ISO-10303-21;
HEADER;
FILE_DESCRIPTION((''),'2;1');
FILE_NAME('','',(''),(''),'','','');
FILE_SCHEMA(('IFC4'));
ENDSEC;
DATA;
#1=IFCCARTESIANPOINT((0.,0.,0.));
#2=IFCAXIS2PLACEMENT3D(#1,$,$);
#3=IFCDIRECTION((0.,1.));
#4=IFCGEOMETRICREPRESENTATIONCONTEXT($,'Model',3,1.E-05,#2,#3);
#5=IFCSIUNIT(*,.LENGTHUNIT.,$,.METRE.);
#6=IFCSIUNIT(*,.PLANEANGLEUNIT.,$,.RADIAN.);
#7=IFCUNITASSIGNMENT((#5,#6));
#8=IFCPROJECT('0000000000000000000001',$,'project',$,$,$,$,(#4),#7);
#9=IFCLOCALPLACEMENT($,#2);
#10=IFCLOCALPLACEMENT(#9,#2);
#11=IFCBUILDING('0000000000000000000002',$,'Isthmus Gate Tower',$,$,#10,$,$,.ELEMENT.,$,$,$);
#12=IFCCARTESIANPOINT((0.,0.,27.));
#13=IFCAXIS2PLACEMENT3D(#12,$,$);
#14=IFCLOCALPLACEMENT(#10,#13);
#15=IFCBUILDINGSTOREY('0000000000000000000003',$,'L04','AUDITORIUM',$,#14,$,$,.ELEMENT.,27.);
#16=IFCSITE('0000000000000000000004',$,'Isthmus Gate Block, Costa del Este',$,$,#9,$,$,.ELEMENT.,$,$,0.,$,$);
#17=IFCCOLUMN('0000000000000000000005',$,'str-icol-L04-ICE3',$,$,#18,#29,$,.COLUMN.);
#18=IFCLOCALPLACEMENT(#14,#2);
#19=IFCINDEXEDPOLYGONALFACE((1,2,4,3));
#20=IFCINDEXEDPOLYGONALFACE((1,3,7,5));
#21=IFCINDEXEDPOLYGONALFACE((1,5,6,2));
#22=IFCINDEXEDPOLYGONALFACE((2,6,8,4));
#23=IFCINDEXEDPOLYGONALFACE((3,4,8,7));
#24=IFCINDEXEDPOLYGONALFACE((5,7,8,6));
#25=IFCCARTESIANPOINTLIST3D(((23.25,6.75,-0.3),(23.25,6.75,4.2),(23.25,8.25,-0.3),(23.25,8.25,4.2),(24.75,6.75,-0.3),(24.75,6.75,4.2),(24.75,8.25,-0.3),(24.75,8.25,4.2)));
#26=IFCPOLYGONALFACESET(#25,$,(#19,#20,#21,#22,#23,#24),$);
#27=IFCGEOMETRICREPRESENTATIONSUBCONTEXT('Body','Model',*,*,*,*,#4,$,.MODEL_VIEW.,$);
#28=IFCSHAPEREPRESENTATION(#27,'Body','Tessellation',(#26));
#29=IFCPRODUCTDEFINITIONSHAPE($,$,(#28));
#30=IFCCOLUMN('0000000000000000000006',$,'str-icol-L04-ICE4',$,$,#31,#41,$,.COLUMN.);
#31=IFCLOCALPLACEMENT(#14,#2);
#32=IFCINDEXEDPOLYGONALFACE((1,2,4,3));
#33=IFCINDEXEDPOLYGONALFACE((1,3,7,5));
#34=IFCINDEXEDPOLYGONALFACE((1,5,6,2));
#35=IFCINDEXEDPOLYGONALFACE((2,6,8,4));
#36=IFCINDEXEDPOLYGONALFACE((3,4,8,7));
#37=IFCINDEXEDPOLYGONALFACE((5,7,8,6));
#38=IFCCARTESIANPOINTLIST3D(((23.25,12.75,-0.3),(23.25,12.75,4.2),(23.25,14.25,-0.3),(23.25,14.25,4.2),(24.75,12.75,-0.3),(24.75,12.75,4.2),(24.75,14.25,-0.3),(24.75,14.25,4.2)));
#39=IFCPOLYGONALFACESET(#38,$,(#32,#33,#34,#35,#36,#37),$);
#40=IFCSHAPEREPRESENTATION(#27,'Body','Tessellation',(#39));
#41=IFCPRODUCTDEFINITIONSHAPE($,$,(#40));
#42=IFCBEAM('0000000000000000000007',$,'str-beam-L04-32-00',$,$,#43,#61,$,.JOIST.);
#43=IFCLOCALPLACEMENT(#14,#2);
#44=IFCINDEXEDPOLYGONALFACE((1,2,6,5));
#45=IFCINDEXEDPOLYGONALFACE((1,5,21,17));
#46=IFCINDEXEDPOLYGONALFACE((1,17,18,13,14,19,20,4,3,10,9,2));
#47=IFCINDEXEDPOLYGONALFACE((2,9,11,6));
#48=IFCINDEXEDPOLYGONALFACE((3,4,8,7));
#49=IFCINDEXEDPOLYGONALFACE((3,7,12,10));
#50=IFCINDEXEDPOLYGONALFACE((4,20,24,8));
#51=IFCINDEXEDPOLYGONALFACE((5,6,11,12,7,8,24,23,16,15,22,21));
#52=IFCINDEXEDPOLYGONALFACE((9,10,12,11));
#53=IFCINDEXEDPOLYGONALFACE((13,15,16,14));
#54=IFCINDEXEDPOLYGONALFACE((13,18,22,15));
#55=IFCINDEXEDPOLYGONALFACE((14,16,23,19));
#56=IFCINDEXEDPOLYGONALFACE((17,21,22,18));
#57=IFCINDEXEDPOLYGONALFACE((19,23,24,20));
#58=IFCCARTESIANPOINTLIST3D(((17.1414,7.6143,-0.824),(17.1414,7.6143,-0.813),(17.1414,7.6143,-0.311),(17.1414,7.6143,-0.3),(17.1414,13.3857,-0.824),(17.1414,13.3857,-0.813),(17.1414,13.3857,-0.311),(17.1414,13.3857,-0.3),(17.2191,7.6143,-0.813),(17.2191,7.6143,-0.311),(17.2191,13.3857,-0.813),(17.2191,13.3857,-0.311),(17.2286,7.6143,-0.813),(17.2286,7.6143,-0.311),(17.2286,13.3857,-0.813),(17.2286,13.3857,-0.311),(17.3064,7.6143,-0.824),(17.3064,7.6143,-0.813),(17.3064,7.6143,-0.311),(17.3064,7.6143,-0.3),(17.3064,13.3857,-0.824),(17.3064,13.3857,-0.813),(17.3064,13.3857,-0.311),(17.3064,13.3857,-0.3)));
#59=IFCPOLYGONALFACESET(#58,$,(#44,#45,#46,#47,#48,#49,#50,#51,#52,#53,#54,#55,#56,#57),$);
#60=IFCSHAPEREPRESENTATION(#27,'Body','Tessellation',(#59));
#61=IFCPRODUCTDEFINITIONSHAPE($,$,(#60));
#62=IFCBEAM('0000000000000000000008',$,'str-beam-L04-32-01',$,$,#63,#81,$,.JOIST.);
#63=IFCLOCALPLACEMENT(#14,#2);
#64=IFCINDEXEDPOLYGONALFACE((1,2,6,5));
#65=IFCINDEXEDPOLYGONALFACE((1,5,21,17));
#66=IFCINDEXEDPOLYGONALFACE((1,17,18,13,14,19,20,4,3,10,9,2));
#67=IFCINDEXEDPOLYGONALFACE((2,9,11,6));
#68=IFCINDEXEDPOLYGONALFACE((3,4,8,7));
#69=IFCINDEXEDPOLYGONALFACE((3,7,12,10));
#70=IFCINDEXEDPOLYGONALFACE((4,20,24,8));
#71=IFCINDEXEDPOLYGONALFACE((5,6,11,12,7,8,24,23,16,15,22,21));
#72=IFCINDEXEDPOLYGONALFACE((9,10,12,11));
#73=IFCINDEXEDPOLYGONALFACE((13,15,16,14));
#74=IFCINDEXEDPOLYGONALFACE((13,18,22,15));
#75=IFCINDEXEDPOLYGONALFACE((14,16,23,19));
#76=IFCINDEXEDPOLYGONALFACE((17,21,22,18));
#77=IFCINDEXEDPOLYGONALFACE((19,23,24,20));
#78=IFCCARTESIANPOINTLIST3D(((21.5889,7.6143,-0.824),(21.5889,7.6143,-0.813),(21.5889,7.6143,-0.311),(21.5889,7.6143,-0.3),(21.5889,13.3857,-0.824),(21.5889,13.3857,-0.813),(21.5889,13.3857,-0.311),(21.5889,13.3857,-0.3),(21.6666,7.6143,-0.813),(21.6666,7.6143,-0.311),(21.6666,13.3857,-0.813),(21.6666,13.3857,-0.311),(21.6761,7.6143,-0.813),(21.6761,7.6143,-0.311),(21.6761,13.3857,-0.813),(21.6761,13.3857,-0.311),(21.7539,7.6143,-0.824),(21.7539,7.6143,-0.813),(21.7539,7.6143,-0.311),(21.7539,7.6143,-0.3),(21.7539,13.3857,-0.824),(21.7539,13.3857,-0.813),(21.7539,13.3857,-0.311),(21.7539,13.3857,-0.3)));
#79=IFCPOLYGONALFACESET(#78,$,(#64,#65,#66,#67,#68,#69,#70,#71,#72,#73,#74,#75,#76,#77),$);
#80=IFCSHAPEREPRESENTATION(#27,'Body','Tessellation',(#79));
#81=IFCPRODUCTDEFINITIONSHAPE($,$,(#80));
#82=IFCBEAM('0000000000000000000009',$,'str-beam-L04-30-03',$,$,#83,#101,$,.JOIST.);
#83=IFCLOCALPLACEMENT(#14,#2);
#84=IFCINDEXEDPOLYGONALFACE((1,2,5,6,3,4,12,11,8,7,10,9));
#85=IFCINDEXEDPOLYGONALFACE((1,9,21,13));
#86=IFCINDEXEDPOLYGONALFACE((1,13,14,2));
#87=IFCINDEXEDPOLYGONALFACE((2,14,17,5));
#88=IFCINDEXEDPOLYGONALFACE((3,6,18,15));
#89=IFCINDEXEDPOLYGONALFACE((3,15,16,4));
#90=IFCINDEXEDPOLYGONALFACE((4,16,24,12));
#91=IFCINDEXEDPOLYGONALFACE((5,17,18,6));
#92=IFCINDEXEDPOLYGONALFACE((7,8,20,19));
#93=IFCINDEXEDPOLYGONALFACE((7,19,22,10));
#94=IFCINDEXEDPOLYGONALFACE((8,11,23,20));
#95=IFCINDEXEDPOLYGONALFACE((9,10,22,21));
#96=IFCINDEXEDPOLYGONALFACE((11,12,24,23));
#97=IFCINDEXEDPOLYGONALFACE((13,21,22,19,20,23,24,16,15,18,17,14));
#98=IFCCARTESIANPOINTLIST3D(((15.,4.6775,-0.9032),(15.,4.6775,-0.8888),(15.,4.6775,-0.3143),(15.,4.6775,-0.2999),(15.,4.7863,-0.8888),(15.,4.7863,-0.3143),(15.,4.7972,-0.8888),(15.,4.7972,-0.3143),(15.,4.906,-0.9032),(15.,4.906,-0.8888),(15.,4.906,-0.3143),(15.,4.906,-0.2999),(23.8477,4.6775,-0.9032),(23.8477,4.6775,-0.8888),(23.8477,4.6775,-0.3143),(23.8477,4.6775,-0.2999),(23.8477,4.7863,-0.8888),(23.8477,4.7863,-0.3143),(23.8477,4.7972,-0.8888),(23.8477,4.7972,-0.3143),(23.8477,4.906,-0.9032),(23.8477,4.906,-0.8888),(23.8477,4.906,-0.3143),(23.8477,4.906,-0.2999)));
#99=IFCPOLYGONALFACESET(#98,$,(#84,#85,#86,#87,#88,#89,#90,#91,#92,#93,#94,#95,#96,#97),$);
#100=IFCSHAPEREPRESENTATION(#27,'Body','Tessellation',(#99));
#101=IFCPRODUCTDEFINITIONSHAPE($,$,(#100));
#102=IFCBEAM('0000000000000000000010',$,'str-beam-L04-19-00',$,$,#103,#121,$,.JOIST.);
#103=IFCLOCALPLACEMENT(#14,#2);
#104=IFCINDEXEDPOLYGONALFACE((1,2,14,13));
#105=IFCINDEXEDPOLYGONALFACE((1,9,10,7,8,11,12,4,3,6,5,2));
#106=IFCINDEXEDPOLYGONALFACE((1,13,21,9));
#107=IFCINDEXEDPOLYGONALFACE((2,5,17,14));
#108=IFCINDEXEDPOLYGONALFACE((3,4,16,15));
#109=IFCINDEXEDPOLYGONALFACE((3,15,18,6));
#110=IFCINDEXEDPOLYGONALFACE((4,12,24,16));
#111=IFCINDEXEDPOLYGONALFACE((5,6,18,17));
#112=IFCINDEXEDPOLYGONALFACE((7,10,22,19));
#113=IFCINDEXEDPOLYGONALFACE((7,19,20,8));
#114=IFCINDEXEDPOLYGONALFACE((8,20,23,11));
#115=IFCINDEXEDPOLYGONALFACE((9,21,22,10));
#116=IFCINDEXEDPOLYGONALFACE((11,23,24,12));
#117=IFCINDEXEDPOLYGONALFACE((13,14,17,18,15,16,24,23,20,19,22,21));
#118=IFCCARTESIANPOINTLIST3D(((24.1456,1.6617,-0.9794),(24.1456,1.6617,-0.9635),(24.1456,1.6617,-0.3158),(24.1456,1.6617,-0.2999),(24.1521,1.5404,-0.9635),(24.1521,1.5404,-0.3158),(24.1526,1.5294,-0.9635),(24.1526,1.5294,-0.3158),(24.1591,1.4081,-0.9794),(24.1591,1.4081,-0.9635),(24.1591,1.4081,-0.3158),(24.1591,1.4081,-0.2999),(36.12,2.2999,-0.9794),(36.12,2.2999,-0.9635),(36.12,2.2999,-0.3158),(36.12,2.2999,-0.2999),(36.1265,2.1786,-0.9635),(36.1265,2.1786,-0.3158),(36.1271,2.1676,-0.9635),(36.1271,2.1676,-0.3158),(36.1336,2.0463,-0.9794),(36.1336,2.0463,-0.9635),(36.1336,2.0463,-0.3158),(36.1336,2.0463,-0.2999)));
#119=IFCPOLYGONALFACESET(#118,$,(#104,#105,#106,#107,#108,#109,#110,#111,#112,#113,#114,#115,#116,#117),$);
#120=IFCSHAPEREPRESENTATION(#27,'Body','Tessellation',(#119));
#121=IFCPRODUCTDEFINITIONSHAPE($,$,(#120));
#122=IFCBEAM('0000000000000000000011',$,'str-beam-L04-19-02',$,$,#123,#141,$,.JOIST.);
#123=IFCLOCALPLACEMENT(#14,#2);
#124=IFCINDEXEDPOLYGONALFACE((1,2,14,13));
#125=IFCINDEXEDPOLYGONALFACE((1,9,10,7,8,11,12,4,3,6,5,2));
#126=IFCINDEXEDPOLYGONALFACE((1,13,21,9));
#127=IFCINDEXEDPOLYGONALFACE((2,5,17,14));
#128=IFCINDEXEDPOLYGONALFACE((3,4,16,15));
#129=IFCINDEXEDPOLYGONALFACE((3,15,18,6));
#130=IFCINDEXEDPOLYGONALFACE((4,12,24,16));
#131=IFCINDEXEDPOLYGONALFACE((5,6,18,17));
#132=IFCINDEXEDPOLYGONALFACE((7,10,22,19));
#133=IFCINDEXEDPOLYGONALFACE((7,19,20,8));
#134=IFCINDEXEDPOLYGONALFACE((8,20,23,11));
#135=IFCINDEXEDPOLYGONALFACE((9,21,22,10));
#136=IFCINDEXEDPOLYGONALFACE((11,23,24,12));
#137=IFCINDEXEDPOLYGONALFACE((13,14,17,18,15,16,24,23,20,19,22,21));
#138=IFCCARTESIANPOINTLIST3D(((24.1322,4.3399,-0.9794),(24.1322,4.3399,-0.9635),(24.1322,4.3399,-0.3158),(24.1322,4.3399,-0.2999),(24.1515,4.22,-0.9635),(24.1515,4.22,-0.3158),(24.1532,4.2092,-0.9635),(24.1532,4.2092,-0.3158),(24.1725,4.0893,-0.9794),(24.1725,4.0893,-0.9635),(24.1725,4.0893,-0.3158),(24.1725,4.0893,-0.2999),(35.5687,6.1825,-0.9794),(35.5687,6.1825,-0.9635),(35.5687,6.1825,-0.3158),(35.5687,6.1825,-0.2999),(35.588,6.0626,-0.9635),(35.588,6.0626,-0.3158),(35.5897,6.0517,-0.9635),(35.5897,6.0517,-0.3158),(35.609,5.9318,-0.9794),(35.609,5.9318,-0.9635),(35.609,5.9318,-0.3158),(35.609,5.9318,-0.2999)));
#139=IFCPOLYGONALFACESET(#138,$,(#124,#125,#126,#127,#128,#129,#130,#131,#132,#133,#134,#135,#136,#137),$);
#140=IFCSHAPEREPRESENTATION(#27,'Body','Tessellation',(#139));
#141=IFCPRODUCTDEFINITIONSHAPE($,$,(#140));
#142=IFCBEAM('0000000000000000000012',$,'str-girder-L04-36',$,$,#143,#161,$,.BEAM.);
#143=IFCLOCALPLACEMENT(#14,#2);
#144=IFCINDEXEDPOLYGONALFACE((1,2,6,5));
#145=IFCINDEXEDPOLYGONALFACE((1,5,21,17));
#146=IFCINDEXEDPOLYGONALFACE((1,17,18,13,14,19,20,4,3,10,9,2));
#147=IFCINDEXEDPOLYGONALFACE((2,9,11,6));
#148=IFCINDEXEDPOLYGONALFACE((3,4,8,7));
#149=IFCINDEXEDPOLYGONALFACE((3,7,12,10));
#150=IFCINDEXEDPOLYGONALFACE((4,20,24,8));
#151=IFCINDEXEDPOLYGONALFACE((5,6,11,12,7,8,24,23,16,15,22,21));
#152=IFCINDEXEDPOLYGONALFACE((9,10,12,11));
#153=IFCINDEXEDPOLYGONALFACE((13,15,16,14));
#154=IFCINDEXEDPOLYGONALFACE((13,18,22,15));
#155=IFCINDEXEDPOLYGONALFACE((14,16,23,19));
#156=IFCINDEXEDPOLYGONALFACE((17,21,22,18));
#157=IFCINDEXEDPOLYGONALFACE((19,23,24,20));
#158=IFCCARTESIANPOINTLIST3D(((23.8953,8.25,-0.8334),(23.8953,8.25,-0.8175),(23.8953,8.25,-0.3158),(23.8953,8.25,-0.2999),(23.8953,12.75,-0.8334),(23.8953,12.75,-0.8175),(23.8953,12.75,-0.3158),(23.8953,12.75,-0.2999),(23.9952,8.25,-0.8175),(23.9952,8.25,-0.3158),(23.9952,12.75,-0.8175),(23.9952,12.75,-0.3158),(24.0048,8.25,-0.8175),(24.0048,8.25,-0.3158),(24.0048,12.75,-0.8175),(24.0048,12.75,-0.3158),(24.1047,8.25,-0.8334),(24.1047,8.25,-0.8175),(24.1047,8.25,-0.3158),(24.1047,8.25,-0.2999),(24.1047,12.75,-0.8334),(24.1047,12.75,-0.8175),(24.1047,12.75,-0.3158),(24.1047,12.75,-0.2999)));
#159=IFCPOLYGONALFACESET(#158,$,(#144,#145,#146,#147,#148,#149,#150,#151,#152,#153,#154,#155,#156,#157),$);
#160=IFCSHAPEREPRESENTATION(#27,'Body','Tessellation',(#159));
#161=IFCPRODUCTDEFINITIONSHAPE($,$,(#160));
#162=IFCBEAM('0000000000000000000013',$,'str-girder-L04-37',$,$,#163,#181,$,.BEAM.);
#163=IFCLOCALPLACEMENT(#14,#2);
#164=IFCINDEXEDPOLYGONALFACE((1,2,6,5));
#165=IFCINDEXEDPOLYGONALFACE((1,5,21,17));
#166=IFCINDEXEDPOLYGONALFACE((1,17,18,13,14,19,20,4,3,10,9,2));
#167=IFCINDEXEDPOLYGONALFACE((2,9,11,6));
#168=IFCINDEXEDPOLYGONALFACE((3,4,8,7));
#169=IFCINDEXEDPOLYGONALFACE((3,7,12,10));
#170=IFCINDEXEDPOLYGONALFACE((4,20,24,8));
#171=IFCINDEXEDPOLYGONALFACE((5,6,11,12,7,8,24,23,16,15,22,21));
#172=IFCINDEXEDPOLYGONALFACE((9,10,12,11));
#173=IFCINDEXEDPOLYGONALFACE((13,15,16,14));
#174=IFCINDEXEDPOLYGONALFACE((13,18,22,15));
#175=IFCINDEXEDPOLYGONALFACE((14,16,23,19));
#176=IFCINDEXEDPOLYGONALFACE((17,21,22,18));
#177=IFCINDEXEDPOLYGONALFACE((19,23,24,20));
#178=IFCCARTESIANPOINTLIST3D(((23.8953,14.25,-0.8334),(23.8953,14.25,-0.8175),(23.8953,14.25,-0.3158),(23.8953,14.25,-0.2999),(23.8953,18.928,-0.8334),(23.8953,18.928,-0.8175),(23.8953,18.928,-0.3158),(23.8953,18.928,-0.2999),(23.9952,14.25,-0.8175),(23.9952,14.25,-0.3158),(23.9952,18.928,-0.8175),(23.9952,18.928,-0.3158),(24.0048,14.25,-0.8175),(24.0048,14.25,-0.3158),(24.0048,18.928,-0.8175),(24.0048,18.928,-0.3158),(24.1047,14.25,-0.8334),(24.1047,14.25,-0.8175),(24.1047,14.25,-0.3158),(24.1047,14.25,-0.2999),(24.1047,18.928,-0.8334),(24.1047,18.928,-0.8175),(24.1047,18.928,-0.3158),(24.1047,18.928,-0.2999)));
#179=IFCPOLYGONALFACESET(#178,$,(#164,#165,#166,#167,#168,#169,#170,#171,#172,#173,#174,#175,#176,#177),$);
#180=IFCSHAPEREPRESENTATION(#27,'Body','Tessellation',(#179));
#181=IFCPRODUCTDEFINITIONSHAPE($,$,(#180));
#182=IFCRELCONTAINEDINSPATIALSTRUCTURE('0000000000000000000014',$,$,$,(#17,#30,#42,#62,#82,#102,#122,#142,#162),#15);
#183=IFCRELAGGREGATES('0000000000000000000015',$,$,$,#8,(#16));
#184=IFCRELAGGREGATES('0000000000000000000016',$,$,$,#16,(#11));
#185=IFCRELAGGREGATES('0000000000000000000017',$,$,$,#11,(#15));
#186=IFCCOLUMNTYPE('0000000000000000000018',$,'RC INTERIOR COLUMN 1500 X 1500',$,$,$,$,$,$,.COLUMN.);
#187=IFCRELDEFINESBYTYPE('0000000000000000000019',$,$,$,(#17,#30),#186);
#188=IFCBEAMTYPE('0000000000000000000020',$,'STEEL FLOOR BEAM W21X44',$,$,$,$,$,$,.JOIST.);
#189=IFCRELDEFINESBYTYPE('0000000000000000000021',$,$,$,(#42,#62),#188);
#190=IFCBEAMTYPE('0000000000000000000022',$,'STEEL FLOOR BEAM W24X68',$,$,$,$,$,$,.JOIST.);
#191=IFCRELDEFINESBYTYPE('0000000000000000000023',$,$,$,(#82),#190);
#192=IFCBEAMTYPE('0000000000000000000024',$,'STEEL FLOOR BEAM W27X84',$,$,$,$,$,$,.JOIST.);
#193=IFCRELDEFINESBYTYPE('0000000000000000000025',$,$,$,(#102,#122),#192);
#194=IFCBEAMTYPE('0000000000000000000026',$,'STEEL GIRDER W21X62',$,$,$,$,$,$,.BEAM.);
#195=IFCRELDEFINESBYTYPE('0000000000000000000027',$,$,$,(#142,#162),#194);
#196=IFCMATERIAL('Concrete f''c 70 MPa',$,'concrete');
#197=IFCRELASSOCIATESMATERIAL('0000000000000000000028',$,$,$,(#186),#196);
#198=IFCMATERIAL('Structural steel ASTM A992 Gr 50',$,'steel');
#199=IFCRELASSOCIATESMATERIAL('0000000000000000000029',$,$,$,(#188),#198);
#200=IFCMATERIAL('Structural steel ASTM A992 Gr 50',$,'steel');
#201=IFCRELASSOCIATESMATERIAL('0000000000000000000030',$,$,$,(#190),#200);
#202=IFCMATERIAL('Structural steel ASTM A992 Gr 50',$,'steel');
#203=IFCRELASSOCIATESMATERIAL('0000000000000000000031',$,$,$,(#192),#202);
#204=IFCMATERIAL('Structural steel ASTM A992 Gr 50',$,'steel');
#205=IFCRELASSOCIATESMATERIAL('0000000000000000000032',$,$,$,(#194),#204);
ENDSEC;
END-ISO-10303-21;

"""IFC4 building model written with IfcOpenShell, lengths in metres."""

from ifc_helpers import new_model, si_unit, direction, frame, origin, origin_2d, place, context, subcontext, project, spatial, rectangle, i_section, extrude, material, material_profile, profile_set, type_object, element, save


model = new_model("IFC4")

# Units and contexts
model_context = context("Model", 3, precision=1e-05, world=origin(), true_north=direction((0.0, 1.0)))
body_context = subcontext(model_context, "Body", "Model", "MODEL_VIEW")
ifc_project = project(units=[si_unit("LENGTHUNIT", "METRE"), si_unit("PLANEANGLEUNIT", "RADIAN")], contexts=[model_context])

# Site, building, storey
site_placement = place(None, origin())
site = spatial("IfcSite", under=ifc_project, at=site_placement, Name="Isthmus Gate Block, Costa del Este", CompositionType="ELEMENT", RefElevation=0.0)
building_placement = place(site_placement, origin())
building = spatial("IfcBuilding", under=site, at=building_placement, Name="Isthmus Gate Tower", CompositionType="ELEMENT")
storey_placement = place(building_placement, frame((0.0, 0.0, 27.0)))
storey = spatial("IfcBuildingStorey", under=building, at=storey_placement, Name="L04", Description="AUDITORIUM", CompositionType="ELEMENT", Elevation=27.0)

# Columns
ifc_material_1 = material(Name="Concrete f'c 70 MPa", Category="concrete")
ifc_material_profile_1 = material_profile(ifc_material_1, rectangle(XDim=1.5, YDim=1.5, at=origin_2d()), Name="RC 1500X1500")
ifc_profile_set_1 = profile_set([ifc_material_profile_1], Name="Concrete f'c 70 MPa")
column_type = type_object("IfcColumnType", Name="RC INTERIOR COLUMN 1500 X 1500", PredefinedType="COLUMN", material=ifc_profile_set_1)
for number, where, z_axis, x_axis, name in (
    (1, (24.0, 7.5, -0.3), (0.0, 0.0, 1.0), (1.0, 0.0, 0.0), "str-icol-L04-ICE3"),
    (2, (24.0, 13.5, -0.3), (0.0, 0.0, 1.0), (1.0, 0.0, 0.0), "str-icol-L04-ICE4"),
):
    element("IfcColumn", number, at=place(storey_placement, frame(where, z_axis=z_axis, x_axis=x_axis)), inside=storey, type_object=column_type, Name=name, PredefinedType="COLUMN", context=body_context, shape_type="SweptSolid", body=[
        extrude(rectangle(XDim=1.5, YDim=1.5, at=origin_2d()), origin(), (0.0, 0.0, 1.0), 4.5),
    ])

# Beams
ifc_material_2 = material(Name="Structural steel ASTM A992 Gr 50", Category="steel")
ifc_material_profile_2 = material_profile(ifc_material_2, i_section(OverallWidth=0.165, OverallDepth=0.5239, WebThickness=0.0095, FlangeThickness=0.011, at=origin_2d()), Name="W21X44")
ifc_profile_set_2 = profile_set([ifc_material_profile_2], Name="Structural steel ASTM A992 Gr 50")
beam_type_1 = type_object("IfcBeamType", Name="STEEL FLOOR BEAM W21X44", PredefinedType="JOIST", material=ifc_profile_set_2)
for number, where, z_axis, x_axis, name in (
    (3, (17.2239, 7.6143, -0.562), (0.0, 1.0, 0.0), (-1.0, 0.0, 0.0), "str-beam-L04-32-00"),
    (4, (21.6714, 7.6143, -0.562), (0.0, 1.0, 0.0), (-1.0, 0.0, 0.0), "str-beam-L04-32-01"),
):
    element("IfcBeam", number, at=place(storey_placement, frame(where, z_axis=z_axis, x_axis=x_axis)), inside=storey, type_object=beam_type_1, Name=name, PredefinedType="JOIST", context=body_context, shape_type="SweptSolid", body=[
        extrude(i_section(OverallWidth=0.165, OverallDepth=0.5239, WebThickness=0.0095, FlangeThickness=0.011, at=origin_2d()), origin(), (0.0, 0.0, 1.0), 5.7715),
    ])
ifc_material_3 = material(Name="Structural steel ASTM A992 Gr 50", Category="steel")
ifc_material_profile_3 = material_profile(ifc_material_3, i_section(OverallWidth=0.2285, OverallDepth=0.6033, WebThickness=0.011, FlangeThickness=0.0144, at=origin_2d()), Name="W24X68")
ifc_profile_set_3 = profile_set([ifc_material_profile_3], Name="Structural steel ASTM A992 Gr 50")
beam_type_2 = type_object("IfcBeamType", Name="STEEL FLOOR BEAM W24X68", PredefinedType="JOIST", material=ifc_profile_set_3)
beam_1_placement = place(storey_placement, frame((15.0, 4.7917, -0.6016), z_axis=(1.0, 0.0, 0.0), x_axis=(0.0, 1.0, 0.0)))
element("IfcBeam", 5, at=beam_1_placement, inside=storey, type_object=beam_type_2, Name="str-beam-L04-30-03", PredefinedType="JOIST", context=body_context, shape_type="SweptSolid", body=[
    extrude(i_section(OverallWidth=0.2285, OverallDepth=0.6033, WebThickness=0.011, FlangeThickness=0.0144, at=origin_2d()), origin(), (0.0, 0.0, 1.0), 8.8477),
])
ifc_material_4 = material(Name="Structural steel ASTM A992 Gr 50", Category="steel")
ifc_material_profile_4 = material_profile(ifc_material_4, i_section(OverallWidth=0.2539, OverallDepth=0.6794, WebThickness=0.011, FlangeThickness=0.0159, at=origin_2d()), Name="W27X84")
ifc_profile_set_4 = profile_set([ifc_material_profile_4], Name="Structural steel ASTM A992 Gr 50")
beam_type_3 = type_object("IfcBeamType", Name="STEEL FLOOR BEAM W27X84", PredefinedType="JOIST", material=ifc_profile_set_4)
beam_2_placement = place(storey_placement, frame((24.1523, 1.5349, -0.6396), z_axis=(0.998583, 0.05322, 0.0), x_axis=(-0.05322, 0.998583, 0.0)))
element("IfcBeam", 6, at=beam_2_placement, inside=storey, type_object=beam_type_3, Name="str-beam-L04-19-00", PredefinedType="JOIST", context=body_context, shape_type="SweptSolid", body=[
    extrude(i_section(OverallWidth=0.2539, OverallDepth=0.6794, WebThickness=0.011, FlangeThickness=0.0159, at=origin_2d()), origin(), (0.0, 0.0, 1.0), 11.9915),
])
beam_3_placement = place(storey_placement, frame((24.1523, 4.2146, -0.6396), z_axis=(0.987269, 0.159058, 0.0), x_axis=(-0.159058, 0.987269, 0.0)))
element("IfcBeam", 7, at=beam_3_placement, inside=storey, type_object=beam_type_3, Name="str-beam-L04-19-02", PredefinedType="JOIST", context=body_context, shape_type="SweptSolid", body=[
    extrude(i_section(OverallWidth=0.2539, OverallDepth=0.6794, WebThickness=0.011, FlangeThickness=0.0159, at=origin_2d()), origin(), (0.0, 0.0, 1.0), 11.584),
])
ifc_material_5 = material(Name="Structural steel ASTM A992 Gr 50", Category="steel")
ifc_material_profile_5 = material_profile(ifc_material_5, i_section(OverallWidth=0.2095, OverallDepth=0.5334, WebThickness=0.0095, FlangeThickness=0.0159, at=origin_2d()), Name="W21X62")
ifc_profile_set_5 = profile_set([ifc_material_profile_5], Name="Structural steel ASTM A992 Gr 50")
beam_type_4 = type_object("IfcBeamType", Name="STEEL GIRDER W21X62", PredefinedType="BEAM", material=ifc_profile_set_5)
beam_4_placement = place(storey_placement, frame((24.0, 8.25, -0.5667), z_axis=(0.0, 1.0, 0.0), x_axis=(-1.0, 0.0, 0.0)))
element("IfcBeam", 8, at=beam_4_placement, inside=storey, type_object=beam_type_4, Name="str-girder-L04-36", PredefinedType="BEAM", context=body_context, shape_type="SweptSolid", body=[
    extrude(i_section(OverallWidth=0.2095, OverallDepth=0.5334, WebThickness=0.0095, FlangeThickness=0.0159, at=origin_2d()), origin(), (0.0, 0.0, 1.0), 4.5),
])
beam_5_placement = place(storey_placement, frame((24.0, 14.25, -0.5667), z_axis=(0.0, 1.0, 0.0), x_axis=(-1.0, 0.0, 0.0)))
element("IfcBeam", 9, at=beam_5_placement, inside=storey, type_object=beam_type_4, Name="str-girder-L04-37", PredefinedType="BEAM", context=body_context, shape_type="SweptSolid", body=[
    extrude(i_section(OverallWidth=0.2095, OverallDepth=0.5334, WebThickness=0.0095, FlangeThickness=0.0159, at=origin_2d()), origin(), (0.0, 0.0, 1.0), 4.678),
])

save(model, "model.ifc")
